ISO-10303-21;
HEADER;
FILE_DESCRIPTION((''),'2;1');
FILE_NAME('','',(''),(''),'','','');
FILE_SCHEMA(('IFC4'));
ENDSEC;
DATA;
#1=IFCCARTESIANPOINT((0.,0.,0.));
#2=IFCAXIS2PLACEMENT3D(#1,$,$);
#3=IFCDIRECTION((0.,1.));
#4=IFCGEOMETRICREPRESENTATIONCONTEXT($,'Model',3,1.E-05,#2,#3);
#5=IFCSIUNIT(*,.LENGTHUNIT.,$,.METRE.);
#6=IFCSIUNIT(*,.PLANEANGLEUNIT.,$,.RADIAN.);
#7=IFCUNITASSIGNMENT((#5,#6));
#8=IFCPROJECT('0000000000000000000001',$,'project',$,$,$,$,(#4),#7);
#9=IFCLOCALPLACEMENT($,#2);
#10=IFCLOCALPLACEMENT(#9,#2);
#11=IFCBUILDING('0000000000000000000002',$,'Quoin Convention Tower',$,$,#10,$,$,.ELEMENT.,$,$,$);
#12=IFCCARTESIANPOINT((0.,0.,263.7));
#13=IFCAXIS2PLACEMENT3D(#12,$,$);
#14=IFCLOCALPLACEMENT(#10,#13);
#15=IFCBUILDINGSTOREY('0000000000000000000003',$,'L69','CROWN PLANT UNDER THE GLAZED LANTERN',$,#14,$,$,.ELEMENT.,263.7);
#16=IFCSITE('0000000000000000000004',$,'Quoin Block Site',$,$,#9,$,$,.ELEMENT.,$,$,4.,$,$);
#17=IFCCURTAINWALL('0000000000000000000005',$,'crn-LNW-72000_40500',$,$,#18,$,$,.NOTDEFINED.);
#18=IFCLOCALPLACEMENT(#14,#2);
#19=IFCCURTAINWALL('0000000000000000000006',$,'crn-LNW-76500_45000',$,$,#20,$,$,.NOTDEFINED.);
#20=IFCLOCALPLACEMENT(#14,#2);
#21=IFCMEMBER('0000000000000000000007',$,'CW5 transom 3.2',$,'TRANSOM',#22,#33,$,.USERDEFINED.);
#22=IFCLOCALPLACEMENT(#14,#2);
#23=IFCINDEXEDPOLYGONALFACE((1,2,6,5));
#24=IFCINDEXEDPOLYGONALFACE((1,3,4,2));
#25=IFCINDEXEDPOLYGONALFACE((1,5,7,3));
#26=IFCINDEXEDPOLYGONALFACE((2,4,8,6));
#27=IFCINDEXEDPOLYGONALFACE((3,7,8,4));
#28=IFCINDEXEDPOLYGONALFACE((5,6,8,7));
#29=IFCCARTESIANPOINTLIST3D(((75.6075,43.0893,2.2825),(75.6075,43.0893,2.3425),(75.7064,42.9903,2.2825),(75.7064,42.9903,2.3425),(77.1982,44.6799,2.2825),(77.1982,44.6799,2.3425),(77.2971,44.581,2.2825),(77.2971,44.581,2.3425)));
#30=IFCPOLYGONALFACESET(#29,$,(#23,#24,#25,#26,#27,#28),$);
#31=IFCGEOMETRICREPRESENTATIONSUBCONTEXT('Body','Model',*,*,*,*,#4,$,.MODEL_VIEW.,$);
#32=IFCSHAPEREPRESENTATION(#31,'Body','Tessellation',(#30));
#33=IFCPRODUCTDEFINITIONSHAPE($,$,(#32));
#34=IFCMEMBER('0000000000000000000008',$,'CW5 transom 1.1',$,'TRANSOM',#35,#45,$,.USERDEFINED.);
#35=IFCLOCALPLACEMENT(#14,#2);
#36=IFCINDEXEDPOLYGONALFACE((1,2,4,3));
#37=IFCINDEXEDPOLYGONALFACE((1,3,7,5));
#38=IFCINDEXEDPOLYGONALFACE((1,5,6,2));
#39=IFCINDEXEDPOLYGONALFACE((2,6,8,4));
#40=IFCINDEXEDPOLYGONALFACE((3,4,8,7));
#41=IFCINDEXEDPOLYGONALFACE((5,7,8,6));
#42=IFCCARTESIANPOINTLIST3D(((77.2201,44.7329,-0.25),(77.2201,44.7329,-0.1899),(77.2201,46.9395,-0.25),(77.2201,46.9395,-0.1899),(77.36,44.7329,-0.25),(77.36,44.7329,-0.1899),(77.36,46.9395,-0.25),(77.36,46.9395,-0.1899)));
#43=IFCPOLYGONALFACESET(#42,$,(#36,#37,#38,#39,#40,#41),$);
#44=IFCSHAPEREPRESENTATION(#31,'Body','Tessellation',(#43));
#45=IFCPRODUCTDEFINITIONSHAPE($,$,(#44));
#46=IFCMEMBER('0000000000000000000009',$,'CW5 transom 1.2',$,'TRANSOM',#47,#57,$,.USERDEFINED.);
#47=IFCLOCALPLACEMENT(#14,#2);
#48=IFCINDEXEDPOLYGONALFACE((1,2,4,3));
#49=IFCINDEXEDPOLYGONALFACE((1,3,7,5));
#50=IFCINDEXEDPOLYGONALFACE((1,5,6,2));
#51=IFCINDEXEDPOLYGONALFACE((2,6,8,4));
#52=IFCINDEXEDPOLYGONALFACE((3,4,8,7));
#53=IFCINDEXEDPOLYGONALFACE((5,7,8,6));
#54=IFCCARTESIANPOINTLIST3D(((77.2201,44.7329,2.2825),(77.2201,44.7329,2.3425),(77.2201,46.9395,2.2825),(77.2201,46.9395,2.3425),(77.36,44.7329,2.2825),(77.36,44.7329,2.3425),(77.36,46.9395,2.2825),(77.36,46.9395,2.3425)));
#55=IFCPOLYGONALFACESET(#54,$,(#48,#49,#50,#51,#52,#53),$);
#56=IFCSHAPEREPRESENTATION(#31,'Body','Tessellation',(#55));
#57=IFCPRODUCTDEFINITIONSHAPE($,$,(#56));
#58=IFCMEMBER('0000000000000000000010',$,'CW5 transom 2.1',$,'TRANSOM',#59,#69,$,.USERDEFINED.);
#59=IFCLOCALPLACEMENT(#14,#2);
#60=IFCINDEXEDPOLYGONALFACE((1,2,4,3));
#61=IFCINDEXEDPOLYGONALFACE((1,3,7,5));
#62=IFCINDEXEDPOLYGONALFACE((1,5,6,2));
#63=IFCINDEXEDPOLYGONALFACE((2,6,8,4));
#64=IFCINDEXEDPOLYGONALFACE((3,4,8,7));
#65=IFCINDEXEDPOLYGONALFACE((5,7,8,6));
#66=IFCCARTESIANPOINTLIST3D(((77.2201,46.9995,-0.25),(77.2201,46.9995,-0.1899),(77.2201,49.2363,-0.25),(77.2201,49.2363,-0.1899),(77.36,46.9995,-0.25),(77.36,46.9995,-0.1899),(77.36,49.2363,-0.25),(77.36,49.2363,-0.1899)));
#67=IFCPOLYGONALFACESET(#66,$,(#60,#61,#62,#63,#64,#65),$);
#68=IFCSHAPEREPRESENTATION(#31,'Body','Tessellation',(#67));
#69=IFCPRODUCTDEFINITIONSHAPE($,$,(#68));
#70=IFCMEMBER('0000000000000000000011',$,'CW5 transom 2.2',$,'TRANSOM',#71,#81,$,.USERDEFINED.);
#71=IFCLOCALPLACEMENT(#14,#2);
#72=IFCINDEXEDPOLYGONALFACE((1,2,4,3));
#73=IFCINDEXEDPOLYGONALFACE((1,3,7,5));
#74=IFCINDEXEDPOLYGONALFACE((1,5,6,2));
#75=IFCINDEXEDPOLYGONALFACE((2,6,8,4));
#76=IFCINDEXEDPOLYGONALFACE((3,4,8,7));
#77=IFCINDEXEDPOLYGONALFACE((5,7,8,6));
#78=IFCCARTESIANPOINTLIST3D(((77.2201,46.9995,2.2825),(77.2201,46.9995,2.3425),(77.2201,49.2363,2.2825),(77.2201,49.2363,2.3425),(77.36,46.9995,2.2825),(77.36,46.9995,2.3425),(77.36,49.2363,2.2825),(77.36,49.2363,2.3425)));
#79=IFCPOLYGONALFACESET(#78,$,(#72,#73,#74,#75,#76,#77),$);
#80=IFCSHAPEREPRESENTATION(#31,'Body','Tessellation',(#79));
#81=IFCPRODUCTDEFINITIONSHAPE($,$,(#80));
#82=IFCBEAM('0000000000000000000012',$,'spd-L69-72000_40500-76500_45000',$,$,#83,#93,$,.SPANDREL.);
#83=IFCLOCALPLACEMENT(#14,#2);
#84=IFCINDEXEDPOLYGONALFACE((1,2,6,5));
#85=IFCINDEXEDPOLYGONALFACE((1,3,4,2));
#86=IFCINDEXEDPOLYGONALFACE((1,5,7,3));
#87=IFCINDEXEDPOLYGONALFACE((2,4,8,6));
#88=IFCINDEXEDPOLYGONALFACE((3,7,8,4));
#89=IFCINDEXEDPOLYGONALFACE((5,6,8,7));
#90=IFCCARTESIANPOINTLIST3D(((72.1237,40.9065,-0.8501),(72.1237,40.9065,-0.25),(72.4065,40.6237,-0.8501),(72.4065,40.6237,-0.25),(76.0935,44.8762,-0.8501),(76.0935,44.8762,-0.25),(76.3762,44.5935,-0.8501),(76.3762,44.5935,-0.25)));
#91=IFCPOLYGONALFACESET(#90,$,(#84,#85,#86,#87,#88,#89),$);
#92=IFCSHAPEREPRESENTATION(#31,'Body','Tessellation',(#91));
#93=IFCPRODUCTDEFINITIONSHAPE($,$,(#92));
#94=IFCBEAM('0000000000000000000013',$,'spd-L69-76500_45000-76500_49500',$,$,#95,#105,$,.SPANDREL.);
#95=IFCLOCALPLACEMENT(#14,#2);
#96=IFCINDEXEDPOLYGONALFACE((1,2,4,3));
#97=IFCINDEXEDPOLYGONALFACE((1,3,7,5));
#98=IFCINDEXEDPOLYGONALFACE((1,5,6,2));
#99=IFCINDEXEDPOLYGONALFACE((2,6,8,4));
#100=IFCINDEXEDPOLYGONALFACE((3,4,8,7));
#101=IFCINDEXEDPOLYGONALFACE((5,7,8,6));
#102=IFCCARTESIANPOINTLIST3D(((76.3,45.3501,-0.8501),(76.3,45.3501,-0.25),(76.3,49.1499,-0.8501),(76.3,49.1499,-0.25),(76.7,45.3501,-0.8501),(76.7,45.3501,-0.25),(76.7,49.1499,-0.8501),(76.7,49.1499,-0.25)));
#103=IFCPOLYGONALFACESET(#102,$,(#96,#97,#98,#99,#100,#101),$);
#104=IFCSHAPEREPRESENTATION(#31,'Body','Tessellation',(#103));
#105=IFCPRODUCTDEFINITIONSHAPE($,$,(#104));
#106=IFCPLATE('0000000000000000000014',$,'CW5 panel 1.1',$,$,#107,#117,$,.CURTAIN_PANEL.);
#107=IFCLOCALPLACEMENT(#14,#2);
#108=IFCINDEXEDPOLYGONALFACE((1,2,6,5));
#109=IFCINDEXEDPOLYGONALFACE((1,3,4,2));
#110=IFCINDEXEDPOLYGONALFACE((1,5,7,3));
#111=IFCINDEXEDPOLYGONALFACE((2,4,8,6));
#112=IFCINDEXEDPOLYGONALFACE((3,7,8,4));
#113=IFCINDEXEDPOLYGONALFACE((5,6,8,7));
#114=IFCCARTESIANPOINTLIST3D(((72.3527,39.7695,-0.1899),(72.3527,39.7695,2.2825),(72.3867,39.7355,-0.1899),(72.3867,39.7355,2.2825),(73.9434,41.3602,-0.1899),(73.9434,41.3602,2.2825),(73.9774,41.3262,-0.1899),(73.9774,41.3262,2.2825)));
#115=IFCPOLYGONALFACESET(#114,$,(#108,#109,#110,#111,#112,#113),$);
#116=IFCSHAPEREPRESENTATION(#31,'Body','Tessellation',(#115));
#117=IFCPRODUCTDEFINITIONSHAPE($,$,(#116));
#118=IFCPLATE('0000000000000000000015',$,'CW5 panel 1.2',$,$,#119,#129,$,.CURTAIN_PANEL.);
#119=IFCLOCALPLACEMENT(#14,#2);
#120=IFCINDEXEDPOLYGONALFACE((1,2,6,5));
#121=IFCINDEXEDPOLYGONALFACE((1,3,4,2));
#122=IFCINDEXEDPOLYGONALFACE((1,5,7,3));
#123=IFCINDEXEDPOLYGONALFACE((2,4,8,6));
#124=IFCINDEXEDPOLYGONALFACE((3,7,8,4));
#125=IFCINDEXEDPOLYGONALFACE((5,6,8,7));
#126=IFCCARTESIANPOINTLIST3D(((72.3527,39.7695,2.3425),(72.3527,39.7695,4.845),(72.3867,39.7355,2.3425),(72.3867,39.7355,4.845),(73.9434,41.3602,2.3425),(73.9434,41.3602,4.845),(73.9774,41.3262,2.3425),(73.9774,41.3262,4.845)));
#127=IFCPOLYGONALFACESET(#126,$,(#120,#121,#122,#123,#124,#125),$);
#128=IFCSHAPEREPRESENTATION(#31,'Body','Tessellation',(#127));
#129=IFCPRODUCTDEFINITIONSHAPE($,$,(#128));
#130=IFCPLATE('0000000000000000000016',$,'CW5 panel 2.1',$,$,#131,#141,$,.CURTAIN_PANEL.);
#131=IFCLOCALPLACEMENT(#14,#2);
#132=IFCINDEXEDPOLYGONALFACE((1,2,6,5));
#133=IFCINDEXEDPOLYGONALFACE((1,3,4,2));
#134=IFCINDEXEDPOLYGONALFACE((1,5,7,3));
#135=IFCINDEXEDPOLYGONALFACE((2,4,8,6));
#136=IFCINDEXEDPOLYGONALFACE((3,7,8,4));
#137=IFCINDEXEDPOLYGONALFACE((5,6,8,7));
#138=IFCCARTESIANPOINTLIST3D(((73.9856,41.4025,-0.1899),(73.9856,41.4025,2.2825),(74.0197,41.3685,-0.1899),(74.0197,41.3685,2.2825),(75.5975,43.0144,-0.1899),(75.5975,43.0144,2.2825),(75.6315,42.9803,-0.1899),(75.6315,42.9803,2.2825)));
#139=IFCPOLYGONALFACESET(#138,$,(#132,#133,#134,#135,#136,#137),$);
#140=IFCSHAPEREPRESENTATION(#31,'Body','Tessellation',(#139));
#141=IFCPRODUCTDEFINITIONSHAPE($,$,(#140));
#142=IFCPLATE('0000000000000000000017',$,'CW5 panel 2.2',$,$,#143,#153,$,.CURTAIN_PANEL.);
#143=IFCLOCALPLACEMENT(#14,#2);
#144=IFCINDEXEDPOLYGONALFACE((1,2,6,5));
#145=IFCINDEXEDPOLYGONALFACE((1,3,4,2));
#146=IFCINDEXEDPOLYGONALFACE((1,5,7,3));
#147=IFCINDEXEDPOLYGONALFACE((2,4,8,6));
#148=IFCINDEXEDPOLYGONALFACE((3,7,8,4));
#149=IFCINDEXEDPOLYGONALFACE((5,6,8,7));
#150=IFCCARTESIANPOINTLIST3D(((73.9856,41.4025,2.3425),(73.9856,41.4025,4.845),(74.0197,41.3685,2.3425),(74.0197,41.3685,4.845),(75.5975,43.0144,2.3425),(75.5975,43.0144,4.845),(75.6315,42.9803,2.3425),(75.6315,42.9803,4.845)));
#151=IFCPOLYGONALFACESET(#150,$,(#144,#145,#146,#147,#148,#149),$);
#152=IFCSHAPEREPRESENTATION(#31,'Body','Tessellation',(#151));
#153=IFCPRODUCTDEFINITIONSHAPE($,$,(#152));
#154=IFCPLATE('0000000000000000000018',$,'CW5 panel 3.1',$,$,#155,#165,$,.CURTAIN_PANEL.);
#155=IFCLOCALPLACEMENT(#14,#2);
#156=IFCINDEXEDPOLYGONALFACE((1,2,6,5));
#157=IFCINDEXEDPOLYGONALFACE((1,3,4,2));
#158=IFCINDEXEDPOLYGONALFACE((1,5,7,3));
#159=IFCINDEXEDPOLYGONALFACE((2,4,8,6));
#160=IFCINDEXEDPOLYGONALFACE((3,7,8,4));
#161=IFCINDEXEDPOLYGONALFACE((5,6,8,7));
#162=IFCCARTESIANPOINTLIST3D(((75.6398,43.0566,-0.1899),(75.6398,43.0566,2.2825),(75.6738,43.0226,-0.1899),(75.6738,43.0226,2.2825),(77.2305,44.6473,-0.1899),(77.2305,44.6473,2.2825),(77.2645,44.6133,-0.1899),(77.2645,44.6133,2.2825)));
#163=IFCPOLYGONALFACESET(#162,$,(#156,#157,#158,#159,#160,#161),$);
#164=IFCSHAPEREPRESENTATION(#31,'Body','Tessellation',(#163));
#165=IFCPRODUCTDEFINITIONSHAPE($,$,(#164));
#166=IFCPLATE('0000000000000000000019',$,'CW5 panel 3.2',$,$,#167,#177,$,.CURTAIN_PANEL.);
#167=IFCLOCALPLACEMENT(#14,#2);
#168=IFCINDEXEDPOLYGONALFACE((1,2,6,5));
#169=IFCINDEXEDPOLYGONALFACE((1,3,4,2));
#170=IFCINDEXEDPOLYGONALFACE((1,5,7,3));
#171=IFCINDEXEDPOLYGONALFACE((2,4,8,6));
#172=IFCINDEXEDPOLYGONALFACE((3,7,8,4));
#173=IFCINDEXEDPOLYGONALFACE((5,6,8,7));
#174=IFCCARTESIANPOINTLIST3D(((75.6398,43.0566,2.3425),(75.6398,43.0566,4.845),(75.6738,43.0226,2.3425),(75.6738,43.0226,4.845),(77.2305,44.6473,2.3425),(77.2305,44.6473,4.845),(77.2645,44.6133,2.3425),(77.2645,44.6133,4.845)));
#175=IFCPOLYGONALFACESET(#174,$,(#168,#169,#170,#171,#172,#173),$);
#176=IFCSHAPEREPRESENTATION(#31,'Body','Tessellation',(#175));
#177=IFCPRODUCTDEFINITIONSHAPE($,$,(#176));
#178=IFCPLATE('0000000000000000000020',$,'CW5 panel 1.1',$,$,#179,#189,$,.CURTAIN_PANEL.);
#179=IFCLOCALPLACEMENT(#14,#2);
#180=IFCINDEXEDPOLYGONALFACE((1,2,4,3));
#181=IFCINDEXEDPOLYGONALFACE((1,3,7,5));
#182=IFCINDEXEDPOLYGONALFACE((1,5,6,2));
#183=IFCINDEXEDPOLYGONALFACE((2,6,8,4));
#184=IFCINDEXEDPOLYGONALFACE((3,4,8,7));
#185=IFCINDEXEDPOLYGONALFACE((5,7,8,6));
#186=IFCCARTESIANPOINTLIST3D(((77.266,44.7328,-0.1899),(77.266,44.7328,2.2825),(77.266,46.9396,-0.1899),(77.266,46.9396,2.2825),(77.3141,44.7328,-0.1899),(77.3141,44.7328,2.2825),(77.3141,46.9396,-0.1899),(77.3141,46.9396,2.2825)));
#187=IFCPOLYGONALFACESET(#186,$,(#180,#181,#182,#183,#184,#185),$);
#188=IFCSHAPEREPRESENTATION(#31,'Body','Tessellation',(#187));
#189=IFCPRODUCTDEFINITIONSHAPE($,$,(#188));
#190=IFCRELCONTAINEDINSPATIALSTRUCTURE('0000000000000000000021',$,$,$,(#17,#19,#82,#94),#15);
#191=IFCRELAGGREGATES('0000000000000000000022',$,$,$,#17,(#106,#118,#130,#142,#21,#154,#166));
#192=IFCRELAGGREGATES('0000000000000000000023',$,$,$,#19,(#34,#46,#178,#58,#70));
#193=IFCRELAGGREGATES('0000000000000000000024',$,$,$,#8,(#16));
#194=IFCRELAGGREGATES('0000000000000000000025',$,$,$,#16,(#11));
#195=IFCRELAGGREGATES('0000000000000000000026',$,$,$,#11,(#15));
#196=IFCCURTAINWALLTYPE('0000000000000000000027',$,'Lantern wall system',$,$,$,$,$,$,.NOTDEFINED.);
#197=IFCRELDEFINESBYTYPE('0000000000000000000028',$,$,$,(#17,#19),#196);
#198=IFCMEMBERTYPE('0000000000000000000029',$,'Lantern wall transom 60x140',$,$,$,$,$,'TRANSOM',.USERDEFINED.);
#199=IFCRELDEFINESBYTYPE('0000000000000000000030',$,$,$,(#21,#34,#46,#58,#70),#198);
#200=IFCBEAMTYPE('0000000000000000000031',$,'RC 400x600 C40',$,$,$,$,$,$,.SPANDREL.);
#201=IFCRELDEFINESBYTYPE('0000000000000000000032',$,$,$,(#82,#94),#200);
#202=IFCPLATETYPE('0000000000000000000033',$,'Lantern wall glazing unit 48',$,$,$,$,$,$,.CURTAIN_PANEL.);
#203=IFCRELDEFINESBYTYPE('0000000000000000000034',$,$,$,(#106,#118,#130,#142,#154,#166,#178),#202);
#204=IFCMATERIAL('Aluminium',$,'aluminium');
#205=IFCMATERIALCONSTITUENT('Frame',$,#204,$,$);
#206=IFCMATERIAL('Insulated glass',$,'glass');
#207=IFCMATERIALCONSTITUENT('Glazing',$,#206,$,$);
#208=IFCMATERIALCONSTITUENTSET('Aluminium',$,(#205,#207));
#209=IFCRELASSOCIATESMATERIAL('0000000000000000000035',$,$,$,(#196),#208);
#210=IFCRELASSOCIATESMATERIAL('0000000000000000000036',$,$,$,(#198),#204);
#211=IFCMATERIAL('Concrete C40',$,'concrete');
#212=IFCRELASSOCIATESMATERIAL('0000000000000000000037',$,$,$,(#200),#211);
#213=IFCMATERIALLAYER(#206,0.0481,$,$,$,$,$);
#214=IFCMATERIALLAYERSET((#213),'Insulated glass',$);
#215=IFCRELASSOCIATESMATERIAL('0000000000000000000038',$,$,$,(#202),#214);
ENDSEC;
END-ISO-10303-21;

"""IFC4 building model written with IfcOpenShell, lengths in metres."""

from ifc_helpers import new_model, si_unit, direction, frame, origin, origin_2d, place, context, subcontext, project, spatial, rectangle, extrude, material, layer, layer_set, constituent, constituent_set, material_profile, profile_set, type_object, element, aggregate, save


model = new_model("IFC4")

# Units and contexts
model_context = context("Model", 3, precision=1e-05, world=origin(), true_north=direction((0.0, 1.0)))
body_context = subcontext(model_context, "Body", "Model", "MODEL_VIEW")
ifc_project = project(units=[si_unit("LENGTHUNIT", "METRE"), si_unit("PLANEANGLEUNIT", "RADIAN")], contexts=[model_context])

# Site, building, storey
site_placement = place(None, origin())
site = spatial("IfcSite", under=ifc_project, at=site_placement, Name="Quoin Block Site", CompositionType="ELEMENT", RefElevation=4.0)
building_placement = place(site_placement, origin())
building = spatial("IfcBuilding", under=site, at=building_placement, Name="Quoin Convention Tower", CompositionType="ELEMENT")
storey_placement = place(building_placement, frame((0.0, 0.0, 263.7)))
storey = spatial("IfcBuildingStorey", under=building, at=storey_placement, Name="L69", Description="CROWN PLANT UNDER THE GLAZED LANTERN", CompositionType="ELEMENT", Elevation=263.7)

# Shared definitions
ifc_material_1 = material(Name="Concrete C40", Category="concrete")

# Curtain walls
ifc_material_2 = material(Name="Aluminium", Category="aluminium")
ifc_constituent_1 = constituent(ifc_material_2, Name="Frame")
ifc_material_3 = material(Name="Insulated glass", Category="glass")
ifc_constituent_2 = constituent(ifc_material_3, Name="Glazing")
ifc_constituent_set = constituent_set(constituents=[ifc_constituent_1, ifc_constituent_2], Name="Aluminium")
curtain_wall_type = type_object("IfcCurtainWallType", Name="Lantern wall system", PredefinedType="NOTDEFINED", material=ifc_constituent_set)
curtain_wall_1_placement = place(storey_placement, origin())
curtain_wall_1 = element("IfcCurtainWall", 1, at=curtain_wall_1_placement, inside=storey, type_object=curtain_wall_type, Name="crn-LNW-72000_40500", PredefinedType="NOTDEFINED")
curtain_wall_2_placement = place(storey_placement, origin())
curtain_wall_2 = element("IfcCurtainWall", 2, at=curtain_wall_2_placement, inside=storey, type_object=curtain_wall_type, Name="crn-LNW-76500_45000", PredefinedType="NOTDEFINED")

# Members
ifc_material_profile_1 = material_profile(ifc_material_2, rectangle(XDim=0.1399, YDim=0.0601, at=origin_2d()), Name="Lantern wall transom 60x140")
ifc_profile_set_1 = profile_set([ifc_material_profile_1], Name="Aluminium")
member_type_1 = type_object("IfcMemberType", Name="Lantern wall transom 60x140", ElementType="TRANSOM", PredefinedType="USERDEFINED", material=ifc_profile_set_1)
member_1_placement = place(storey_placement, frame((75.657, 43.0398, 2.3125), z_axis=(0.707107, 0.707107, 0.0), x_axis=(-0.707107, 0.707107, 0.0)))
member_1 = element("IfcMember", 3, at=member_1_placement, type_object=member_type_1, Name="CW5 transom 3.2", ObjectType="TRANSOM", PredefinedType="USERDEFINED", context=body_context, shape_type="SweptSolid", body=[
    extrude(rectangle(XDim=0.1399, YDim=0.0601, at=origin_2d()), origin(), (0.0, 0.0, 1.0), 2.2495),
])
member_2_placement = place(storey_placement, frame((77.29, 44.7329, -0.22), z_axis=(0.0, 1.0, 0.0), x_axis=(-1.0, 0.0, 0.0)))
member_2 = element("IfcMember", 4, at=member_2_placement, type_object=member_type_1, Name="CW5 transom 1.1", ObjectType="TRANSOM", PredefinedType="USERDEFINED", context=body_context, shape_type="SweptSolid", body=[
    extrude(rectangle(XDim=0.1399, YDim=0.0601, at=origin_2d()), origin(), (0.0, 0.0, 1.0), 2.2065),
])
member_3_placement = place(storey_placement, frame((77.29, 44.7329, 2.3125), z_axis=(0.0, 1.0, 0.0), x_axis=(-1.0, 0.0, 0.0)))
member_3 = element("IfcMember", 5, at=member_3_placement, type_object=member_type_1, Name="CW5 transom 1.2", ObjectType="TRANSOM", PredefinedType="USERDEFINED", context=body_context, shape_type="SweptSolid", body=[
    extrude(rectangle(XDim=0.1399, YDim=0.0601, at=origin_2d()), origin(), (0.0, 0.0, 1.0), 2.2065),
])
member_4_placement = place(storey_placement, frame((77.29, 46.9995, -0.22), z_axis=(0.0, 1.0, 0.0), x_axis=(-1.0, 0.0, 0.0)))
member_4 = element("IfcMember", 6, at=member_4_placement, type_object=member_type_1, Name="CW5 transom 2.1", ObjectType="TRANSOM", PredefinedType="USERDEFINED", context=body_context, shape_type="SweptSolid", body=[
    extrude(rectangle(XDim=0.1399, YDim=0.0601, at=origin_2d()), origin(), (0.0, 0.0, 1.0), 2.2368),
])
member_5_placement = place(storey_placement, frame((77.29, 46.9995, 2.3125), z_axis=(0.0, 1.0, 0.0), x_axis=(-1.0, 0.0, 0.0)))
member_5 = element("IfcMember", 7, at=member_5_placement, type_object=member_type_1, Name="CW5 transom 2.2", ObjectType="TRANSOM", PredefinedType="USERDEFINED", context=body_context, shape_type="SweptSolid", body=[
    extrude(rectangle(XDim=0.1399, YDim=0.0601, at=origin_2d()), origin(), (0.0, 0.0, 1.0), 2.2368),
])

# Beams
ifc_material_profile_2 = material_profile(ifc_material_1, rectangle(XDim=0.3999, YDim=0.6001, at=origin_2d()), Name="RC 400x600")
ifc_profile_set_2 = profile_set([ifc_material_profile_2], Name="Concrete C40")
beam_type = type_object("IfcBeamType", Name="RC 400x600 C40", PredefinedType="SPANDREL", material=ifc_profile_set_2)
beam_1_placement = place(storey_placement, frame((72.2651, 40.7651, -0.55), z_axis=(0.707107, 0.707107, 0.0), x_axis=(-0.707107, 0.707107, 0.0)))
element("IfcBeam", 8, at=beam_1_placement, inside=storey, type_object=beam_type, Name="spd-L69-72000_40500-76500_45000", PredefinedType="SPANDREL", context=body_context, shape_type="SweptSolid", body=[
    extrude(rectangle(XDim=0.3999, YDim=0.6001, at=origin_2d()), origin(), (0.0, 0.0, 1.0), 5.614),
])
beam_2_placement = place(storey_placement, frame((76.5, 45.3501, -0.55), z_axis=(0.0, 1.0, 0.0), x_axis=(-1.0, 0.0, 0.0)))
element("IfcBeam", 9, at=beam_2_placement, inside=storey, type_object=beam_type, Name="spd-L69-76500_45000-76500_49500", PredefinedType="SPANDREL", context=body_context, shape_type="SweptSolid", body=[
    extrude(rectangle(XDim=0.3999, YDim=0.6001, at=origin_2d()), origin(), (0.0, 0.0, 1.0), 3.7998),
])

# Plates
ifc_layer = layer(ifc_material_3, 0.0481)
ifc_layer_set = layer_set([ifc_layer], Name="Insulated glass")
plate_type = type_object("IfcPlateType", Name="Lantern wall glazing unit 48", PredefinedType="CURTAIN_PANEL", material=ifc_layer_set)
plate_1_placement = place(storey_placement, frame((73.165, 40.5479, -0.1899), z_axis=(0.0, 0.0, 1.0), x_axis=(0.707107, 0.707107, 0.0)))
plate_1 = element("IfcPlate", 10, at=plate_1_placement, type_object=plate_type, Name="CW5 panel 1.1", PredefinedType="CURTAIN_PANEL", context=body_context, shape_type="SweptSolid", body=[
    extrude(rectangle(XDim=2.2495, YDim=0.0481, at=origin_2d()), origin(), (0.0, 0.0, 1.0), 2.4724),
])
plate_2_placement = place(storey_placement, frame((73.165, 40.5479, 2.3425), z_axis=(0.0, 0.0, 1.0), x_axis=(0.707107, 0.707107, 0.0)))
plate_2 = element("IfcPlate", 11, at=plate_2_placement, type_object=plate_type, Name="CW5 panel 1.2", PredefinedType="CURTAIN_PANEL", context=body_context, shape_type="SweptSolid", body=[
    extrude(rectangle(XDim=2.2495, YDim=0.0481, at=origin_2d()), origin(), (0.0, 0.0, 1.0), 2.5024),
])
plate_3_placement = place(storey_placement, frame((74.8086, 42.1914, -0.1899), z_axis=(0.0, 0.0, 1.0), x_axis=(0.707107, 0.707107, 0.0)))
plate_3 = element("IfcPlate", 12, at=plate_3_placement, type_object=plate_type, Name="CW5 panel 2.1", PredefinedType="CURTAIN_PANEL", context=body_context, shape_type="SweptSolid", body=[
    extrude(rectangle(XDim=2.2795, YDim=0.0481, at=origin_2d()), origin(), (0.0, 0.0, 1.0), 2.4724),
])
plate_4_placement = place(storey_placement, frame((74.8086, 42.1914, 2.3425), z_axis=(0.0, 0.0, 1.0), x_axis=(0.707107, 0.707107, 0.0)))
plate_4 = element("IfcPlate", 13, at=plate_4_placement, type_object=plate_type, Name="CW5 panel 2.2", PredefinedType="CURTAIN_PANEL", context=body_context, shape_type="SweptSolid", body=[
    extrude(rectangle(XDim=2.2795, YDim=0.0481, at=origin_2d()), origin(), (0.0, 0.0, 1.0), 2.5024),
])
plate_5_placement = place(storey_placement, frame((76.4521, 43.835, -0.1899), z_axis=(0.0, 0.0, 1.0), x_axis=(0.707107, 0.707107, 0.0)))
plate_5 = element("IfcPlate", 14, at=plate_5_placement, type_object=plate_type, Name="CW5 panel 3.1", PredefinedType="CURTAIN_PANEL", context=body_context, shape_type="SweptSolid", body=[
    extrude(rectangle(XDim=2.2495, YDim=0.0481, at=origin_2d()), origin(), (0.0, 0.0, 1.0), 2.4724),
])
plate_6_placement = place(storey_placement, frame((76.4521, 43.835, 2.3425), z_axis=(0.0, 0.0, 1.0), x_axis=(0.707107, 0.707107, 0.0)))
plate_6 = element("IfcPlate", 15, at=plate_6_placement, type_object=plate_type, Name="CW5 panel 3.2", PredefinedType="CURTAIN_PANEL", context=body_context, shape_type="SweptSolid", body=[
    extrude(rectangle(XDim=2.2495, YDim=0.0481, at=origin_2d()), origin(), (0.0, 0.0, 1.0), 2.5024),
])
aggregate(curtain_wall_1, [plate_1, plate_2, plate_3, plate_4, member_1, plate_5, plate_6])
plate_7_placement = place(storey_placement, frame((77.29, 45.8362, -0.1899), z_axis=(0.0, 0.0, 1.0), x_axis=(0.0, 1.0, 0.0)))
plate_7 = element("IfcPlate", 16, at=plate_7_placement, type_object=plate_type, Name="CW5 panel 1.1", PredefinedType="CURTAIN_PANEL", context=body_context, shape_type="SweptSolid", body=[
    extrude(rectangle(XDim=2.2068, YDim=0.0481, at=origin_2d()), origin(), (0.0, 0.0, 1.0), 2.4724),
])
aggregate(curtain_wall_2, [member_2, member_3, plate_7, member_4, member_5])

save(model, "model.ifc")
